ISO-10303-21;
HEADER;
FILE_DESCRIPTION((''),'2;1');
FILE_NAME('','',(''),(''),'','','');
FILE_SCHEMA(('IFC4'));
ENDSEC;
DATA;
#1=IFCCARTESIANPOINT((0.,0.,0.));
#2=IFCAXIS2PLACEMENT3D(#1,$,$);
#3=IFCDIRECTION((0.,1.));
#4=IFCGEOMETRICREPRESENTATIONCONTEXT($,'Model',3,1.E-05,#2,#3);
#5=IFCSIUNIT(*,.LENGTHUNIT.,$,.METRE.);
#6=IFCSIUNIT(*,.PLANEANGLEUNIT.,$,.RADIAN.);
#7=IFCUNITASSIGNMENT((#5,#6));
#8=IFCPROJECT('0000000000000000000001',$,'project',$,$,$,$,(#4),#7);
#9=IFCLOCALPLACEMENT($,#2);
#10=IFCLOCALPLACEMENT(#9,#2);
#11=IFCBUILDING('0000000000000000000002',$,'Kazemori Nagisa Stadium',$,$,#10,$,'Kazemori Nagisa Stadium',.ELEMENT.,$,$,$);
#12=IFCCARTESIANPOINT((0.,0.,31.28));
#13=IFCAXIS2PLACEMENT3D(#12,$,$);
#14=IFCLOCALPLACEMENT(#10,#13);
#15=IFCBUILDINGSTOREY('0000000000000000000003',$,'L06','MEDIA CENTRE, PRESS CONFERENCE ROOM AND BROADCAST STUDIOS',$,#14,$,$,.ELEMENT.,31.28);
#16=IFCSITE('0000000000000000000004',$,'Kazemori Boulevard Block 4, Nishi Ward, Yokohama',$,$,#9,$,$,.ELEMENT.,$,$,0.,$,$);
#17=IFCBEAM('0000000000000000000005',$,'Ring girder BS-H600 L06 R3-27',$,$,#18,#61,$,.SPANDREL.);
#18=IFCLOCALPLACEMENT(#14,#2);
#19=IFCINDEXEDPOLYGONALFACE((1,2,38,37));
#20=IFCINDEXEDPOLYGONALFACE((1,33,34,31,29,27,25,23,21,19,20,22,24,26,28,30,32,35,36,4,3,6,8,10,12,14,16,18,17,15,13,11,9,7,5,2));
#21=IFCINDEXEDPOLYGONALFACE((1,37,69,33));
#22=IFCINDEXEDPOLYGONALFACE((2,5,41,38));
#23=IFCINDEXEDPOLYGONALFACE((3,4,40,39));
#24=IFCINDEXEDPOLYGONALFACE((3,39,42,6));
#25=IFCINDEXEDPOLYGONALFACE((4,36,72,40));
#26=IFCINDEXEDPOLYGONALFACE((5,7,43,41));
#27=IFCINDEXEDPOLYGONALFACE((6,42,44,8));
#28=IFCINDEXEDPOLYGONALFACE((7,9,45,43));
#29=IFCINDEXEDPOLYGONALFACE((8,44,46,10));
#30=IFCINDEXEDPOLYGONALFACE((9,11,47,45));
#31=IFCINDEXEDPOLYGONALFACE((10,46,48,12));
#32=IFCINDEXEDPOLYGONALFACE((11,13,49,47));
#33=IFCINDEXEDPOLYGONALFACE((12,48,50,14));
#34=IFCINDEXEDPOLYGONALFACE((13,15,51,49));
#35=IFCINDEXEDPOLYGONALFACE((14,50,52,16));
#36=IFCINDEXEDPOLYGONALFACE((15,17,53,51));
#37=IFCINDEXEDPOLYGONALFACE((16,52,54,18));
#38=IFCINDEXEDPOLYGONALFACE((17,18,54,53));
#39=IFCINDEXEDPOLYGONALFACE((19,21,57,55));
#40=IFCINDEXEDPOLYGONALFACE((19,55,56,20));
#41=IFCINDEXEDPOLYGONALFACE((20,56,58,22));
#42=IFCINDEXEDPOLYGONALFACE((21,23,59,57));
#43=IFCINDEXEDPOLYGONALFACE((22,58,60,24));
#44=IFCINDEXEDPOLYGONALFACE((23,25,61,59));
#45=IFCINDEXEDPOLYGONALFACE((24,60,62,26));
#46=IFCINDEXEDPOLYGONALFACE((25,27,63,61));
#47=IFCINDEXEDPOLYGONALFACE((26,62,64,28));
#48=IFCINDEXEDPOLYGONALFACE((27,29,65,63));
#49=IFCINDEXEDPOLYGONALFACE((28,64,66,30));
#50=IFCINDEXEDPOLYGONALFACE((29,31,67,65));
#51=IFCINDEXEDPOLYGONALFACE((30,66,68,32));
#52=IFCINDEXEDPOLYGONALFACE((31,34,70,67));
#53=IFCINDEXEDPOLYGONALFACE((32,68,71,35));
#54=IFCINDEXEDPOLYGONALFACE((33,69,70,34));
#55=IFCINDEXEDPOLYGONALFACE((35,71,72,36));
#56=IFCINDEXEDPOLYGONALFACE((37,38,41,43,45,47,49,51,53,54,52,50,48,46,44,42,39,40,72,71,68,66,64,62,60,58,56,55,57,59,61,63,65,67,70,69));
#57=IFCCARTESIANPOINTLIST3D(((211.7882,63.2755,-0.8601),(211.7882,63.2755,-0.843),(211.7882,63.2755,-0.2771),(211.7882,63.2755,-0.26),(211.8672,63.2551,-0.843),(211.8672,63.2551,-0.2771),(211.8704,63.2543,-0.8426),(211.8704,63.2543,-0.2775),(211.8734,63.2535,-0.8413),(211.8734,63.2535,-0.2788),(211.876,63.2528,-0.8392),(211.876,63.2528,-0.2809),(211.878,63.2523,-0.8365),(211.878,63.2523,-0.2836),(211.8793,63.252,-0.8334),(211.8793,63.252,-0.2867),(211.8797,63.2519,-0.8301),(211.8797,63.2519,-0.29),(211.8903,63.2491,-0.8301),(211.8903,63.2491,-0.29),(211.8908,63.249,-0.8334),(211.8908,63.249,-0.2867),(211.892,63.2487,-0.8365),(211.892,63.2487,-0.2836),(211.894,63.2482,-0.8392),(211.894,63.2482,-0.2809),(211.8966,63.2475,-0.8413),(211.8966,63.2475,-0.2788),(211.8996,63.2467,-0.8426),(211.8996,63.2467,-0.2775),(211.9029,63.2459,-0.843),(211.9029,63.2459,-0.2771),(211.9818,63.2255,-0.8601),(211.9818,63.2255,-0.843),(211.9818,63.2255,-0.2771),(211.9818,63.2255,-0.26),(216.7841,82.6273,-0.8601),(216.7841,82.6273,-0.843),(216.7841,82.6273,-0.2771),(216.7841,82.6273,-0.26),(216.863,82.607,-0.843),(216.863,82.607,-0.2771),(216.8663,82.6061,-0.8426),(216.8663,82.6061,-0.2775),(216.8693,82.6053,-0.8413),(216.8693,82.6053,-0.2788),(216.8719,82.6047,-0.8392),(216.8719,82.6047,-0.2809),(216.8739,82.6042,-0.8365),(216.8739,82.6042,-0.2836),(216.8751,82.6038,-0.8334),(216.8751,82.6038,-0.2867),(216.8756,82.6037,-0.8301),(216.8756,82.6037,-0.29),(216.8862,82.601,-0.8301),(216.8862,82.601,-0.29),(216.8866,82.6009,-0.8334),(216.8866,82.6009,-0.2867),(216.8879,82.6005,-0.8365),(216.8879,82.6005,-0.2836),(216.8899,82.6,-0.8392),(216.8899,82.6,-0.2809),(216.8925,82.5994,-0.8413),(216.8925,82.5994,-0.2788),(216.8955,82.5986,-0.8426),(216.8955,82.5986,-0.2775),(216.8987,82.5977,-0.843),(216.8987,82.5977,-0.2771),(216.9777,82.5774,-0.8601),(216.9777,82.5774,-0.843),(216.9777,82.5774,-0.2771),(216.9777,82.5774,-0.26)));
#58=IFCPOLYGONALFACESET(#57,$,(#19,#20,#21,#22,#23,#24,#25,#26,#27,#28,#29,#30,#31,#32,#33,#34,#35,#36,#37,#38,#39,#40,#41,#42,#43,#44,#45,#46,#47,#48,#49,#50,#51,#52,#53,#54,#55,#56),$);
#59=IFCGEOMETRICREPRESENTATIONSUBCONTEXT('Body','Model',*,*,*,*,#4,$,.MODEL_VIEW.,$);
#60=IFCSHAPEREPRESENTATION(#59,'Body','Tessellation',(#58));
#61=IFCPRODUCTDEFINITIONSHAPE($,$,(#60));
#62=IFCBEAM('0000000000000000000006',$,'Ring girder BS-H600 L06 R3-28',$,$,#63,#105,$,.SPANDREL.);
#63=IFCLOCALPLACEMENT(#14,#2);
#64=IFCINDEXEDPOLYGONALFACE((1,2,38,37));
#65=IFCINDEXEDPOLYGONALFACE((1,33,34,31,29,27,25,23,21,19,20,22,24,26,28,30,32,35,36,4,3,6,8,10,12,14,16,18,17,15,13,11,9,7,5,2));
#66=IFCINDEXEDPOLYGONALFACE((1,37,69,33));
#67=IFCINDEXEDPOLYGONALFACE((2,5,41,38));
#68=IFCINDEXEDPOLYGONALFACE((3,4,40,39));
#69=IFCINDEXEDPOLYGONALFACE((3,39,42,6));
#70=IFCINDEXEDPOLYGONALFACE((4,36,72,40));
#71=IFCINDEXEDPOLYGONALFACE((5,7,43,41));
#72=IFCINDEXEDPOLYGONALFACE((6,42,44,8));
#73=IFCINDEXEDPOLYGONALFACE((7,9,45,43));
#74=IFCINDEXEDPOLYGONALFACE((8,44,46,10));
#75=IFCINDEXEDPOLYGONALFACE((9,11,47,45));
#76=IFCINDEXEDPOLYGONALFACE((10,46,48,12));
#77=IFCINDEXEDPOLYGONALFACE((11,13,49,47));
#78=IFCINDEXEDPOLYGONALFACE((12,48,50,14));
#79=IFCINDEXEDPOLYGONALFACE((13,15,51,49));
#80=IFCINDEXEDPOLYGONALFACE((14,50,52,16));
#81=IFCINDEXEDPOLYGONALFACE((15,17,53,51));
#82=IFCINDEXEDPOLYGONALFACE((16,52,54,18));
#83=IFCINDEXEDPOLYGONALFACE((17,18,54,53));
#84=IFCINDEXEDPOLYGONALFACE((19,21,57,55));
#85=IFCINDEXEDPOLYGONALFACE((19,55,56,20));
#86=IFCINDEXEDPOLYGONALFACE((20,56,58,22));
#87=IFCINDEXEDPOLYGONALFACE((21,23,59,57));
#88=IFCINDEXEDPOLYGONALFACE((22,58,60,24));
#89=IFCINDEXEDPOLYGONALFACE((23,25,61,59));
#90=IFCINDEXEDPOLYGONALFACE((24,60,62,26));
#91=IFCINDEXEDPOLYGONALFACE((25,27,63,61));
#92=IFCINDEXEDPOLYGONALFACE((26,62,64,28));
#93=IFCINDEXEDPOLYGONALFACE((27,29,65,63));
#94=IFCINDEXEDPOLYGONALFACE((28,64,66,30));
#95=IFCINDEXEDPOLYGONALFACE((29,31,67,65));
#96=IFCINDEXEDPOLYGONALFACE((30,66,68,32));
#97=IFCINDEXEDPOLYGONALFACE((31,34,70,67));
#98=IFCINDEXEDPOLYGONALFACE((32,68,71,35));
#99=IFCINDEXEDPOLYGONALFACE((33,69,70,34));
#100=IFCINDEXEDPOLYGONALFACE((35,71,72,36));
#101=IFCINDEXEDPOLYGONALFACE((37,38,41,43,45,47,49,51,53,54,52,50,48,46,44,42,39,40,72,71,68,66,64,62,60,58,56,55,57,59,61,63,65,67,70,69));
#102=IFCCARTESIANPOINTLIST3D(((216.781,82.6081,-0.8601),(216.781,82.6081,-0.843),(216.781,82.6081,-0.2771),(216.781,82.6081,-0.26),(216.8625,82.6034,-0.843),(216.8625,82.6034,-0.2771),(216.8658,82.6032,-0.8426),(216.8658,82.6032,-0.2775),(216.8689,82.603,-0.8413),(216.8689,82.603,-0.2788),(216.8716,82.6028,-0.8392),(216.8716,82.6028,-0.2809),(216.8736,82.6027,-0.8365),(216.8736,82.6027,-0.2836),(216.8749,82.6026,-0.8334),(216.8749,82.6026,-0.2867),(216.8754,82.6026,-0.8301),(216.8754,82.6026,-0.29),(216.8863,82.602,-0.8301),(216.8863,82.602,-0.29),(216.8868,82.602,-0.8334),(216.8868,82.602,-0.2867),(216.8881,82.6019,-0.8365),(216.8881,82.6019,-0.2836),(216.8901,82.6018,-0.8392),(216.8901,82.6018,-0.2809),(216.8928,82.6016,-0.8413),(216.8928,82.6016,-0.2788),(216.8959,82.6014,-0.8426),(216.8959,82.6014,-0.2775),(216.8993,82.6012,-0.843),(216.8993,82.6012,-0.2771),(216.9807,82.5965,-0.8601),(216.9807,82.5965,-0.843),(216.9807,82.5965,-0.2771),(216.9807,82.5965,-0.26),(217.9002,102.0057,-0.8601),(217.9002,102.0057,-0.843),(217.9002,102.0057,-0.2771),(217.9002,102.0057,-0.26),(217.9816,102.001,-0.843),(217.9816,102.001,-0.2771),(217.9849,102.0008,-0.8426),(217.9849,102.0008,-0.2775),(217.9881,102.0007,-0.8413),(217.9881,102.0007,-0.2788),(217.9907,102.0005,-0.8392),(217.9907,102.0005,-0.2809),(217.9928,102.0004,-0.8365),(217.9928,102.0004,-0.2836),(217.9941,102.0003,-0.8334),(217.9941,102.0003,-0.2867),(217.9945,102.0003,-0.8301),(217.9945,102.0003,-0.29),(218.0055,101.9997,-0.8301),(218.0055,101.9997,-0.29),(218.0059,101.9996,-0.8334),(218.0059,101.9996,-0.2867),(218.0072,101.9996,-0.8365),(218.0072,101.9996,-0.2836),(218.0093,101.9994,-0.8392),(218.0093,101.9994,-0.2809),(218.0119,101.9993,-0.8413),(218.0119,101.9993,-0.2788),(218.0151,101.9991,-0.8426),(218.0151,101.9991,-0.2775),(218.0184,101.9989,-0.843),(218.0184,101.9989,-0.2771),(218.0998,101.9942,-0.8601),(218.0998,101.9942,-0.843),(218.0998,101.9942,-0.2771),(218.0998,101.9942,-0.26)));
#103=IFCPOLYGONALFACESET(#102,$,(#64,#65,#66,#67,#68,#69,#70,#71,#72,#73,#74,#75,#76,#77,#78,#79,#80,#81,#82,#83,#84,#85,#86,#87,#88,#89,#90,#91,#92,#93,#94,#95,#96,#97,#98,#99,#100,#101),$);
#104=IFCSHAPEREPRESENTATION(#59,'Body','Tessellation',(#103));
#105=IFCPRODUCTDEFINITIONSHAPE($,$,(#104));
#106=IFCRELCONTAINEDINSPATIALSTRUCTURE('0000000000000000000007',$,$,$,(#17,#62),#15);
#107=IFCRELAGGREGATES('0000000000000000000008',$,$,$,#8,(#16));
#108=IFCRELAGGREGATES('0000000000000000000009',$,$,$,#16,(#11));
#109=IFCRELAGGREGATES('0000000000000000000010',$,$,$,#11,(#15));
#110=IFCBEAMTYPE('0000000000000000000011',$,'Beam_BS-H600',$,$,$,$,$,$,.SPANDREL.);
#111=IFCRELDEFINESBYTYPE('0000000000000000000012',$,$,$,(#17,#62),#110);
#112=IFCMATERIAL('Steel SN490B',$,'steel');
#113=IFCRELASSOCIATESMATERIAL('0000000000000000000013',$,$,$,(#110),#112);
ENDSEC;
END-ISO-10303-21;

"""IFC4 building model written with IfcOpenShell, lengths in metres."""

from ifc_helpers import new_model, si_unit, direction, frame, origin, origin_2d, place, context, subcontext, project, spatial, i_section, extrude, material, material_profile, profile_set, type_object, element, save


model = new_model("IFC4")

# Units and contexts
model_context = context("Model", 3, precision=1e-05, world=origin(), true_north=direction((0.0, 1.0)))
body_context = subcontext(model_context, "Body", "Model", "MODEL_VIEW")
ifc_project = project(units=[si_unit("LENGTHUNIT", "METRE"), si_unit("PLANEANGLEUNIT", "RADIAN")], contexts=[model_context])

# Site, building, storey
site_placement = place(None, origin())
site = spatial("IfcSite", under=ifc_project, at=site_placement, Name="Kazemori Boulevard Block 4, Nishi Ward, Yokohama", CompositionType="ELEMENT", RefElevation=0.0)
building_placement = place(site_placement, origin())
building = spatial("IfcBuilding", under=site, at=building_placement, Name="Kazemori Nagisa Stadium", LongName="Kazemori Nagisa Stadium", CompositionType="ELEMENT")
storey_placement = place(building_placement, frame((0.0, 0.0, 31.28)))
storey = spatial("IfcBuildingStorey", under=building, at=storey_placement, Name="L06", Description="MEDIA CENTRE, PRESS CONFERENCE ROOM AND BROADCAST STUDIOS", CompositionType="ELEMENT", Elevation=31.28)

# Shared definitions
ifc_material_1 = material(Name="Steel SN490B", Category="steel")

# Beams
ifc_material_profile_1 = material_profile(ifc_material_1, i_section(OverallWidth=0.2, OverallDepth=0.6001, WebThickness=0.011, FlangeThickness=0.0171, FilletRadius=0.0129, at=origin_2d()), Name="H-600x200x11x17")
ifc_profile_set_1 = profile_set([ifc_material_profile_1], Name="Steel SN490B")
beam_type_1 = type_object("IfcBeamType", Name="Beam_BS-H600", PredefinedType="SPANDREL", material=ifc_profile_set_1)
for number, where, z_axis, x_axis, name in (
    (1, (211.885, 63.2505, -0.5601), (0.249964, 0.968255, 0.0), (-0.968255, 0.249964, 0.0), "Ring girder BS-H600 L06 R3-27"),
):
    element("IfcBeam", number, at=place(storey_placement, frame(where, z_axis=z_axis, x_axis=x_axis)), inside=storey, type_object=beam_type_1, Name=name, PredefinedType="SPANDREL", context=body_context, shape_type="SweptSolid", body=[
        extrude(i_section(OverallWidth=0.2, OverallDepth=0.6001, WebThickness=0.011, FlangeThickness=0.0171, FilletRadius=0.0129, at=origin_2d()), origin(), (0.0, 0.0, 1.0), 19.9863),
    ])
beam_1_placement = place(storey_placement, frame((216.8809, 82.6023, -0.5601), z_axis=(0.057599, 0.99834, 0.0), x_axis=(-0.99834, 0.057599, 0.0)))
element("IfcBeam", 2, at=beam_1_placement, inside=storey, type_object=beam_type_1, Name="Ring girder BS-H600 L06 R3-28", PredefinedType="SPANDREL", context=body_context, shape_type="SweptSolid", body=[
    extrude(i_section(OverallWidth=0.2, OverallDepth=0.6001, WebThickness=0.011, FlangeThickness=0.0171, FilletRadius=0.0129, at=origin_2d()), origin(), (0.0, 0.0, 1.0), 19.4299),
])

save(model, "model.ifc")
